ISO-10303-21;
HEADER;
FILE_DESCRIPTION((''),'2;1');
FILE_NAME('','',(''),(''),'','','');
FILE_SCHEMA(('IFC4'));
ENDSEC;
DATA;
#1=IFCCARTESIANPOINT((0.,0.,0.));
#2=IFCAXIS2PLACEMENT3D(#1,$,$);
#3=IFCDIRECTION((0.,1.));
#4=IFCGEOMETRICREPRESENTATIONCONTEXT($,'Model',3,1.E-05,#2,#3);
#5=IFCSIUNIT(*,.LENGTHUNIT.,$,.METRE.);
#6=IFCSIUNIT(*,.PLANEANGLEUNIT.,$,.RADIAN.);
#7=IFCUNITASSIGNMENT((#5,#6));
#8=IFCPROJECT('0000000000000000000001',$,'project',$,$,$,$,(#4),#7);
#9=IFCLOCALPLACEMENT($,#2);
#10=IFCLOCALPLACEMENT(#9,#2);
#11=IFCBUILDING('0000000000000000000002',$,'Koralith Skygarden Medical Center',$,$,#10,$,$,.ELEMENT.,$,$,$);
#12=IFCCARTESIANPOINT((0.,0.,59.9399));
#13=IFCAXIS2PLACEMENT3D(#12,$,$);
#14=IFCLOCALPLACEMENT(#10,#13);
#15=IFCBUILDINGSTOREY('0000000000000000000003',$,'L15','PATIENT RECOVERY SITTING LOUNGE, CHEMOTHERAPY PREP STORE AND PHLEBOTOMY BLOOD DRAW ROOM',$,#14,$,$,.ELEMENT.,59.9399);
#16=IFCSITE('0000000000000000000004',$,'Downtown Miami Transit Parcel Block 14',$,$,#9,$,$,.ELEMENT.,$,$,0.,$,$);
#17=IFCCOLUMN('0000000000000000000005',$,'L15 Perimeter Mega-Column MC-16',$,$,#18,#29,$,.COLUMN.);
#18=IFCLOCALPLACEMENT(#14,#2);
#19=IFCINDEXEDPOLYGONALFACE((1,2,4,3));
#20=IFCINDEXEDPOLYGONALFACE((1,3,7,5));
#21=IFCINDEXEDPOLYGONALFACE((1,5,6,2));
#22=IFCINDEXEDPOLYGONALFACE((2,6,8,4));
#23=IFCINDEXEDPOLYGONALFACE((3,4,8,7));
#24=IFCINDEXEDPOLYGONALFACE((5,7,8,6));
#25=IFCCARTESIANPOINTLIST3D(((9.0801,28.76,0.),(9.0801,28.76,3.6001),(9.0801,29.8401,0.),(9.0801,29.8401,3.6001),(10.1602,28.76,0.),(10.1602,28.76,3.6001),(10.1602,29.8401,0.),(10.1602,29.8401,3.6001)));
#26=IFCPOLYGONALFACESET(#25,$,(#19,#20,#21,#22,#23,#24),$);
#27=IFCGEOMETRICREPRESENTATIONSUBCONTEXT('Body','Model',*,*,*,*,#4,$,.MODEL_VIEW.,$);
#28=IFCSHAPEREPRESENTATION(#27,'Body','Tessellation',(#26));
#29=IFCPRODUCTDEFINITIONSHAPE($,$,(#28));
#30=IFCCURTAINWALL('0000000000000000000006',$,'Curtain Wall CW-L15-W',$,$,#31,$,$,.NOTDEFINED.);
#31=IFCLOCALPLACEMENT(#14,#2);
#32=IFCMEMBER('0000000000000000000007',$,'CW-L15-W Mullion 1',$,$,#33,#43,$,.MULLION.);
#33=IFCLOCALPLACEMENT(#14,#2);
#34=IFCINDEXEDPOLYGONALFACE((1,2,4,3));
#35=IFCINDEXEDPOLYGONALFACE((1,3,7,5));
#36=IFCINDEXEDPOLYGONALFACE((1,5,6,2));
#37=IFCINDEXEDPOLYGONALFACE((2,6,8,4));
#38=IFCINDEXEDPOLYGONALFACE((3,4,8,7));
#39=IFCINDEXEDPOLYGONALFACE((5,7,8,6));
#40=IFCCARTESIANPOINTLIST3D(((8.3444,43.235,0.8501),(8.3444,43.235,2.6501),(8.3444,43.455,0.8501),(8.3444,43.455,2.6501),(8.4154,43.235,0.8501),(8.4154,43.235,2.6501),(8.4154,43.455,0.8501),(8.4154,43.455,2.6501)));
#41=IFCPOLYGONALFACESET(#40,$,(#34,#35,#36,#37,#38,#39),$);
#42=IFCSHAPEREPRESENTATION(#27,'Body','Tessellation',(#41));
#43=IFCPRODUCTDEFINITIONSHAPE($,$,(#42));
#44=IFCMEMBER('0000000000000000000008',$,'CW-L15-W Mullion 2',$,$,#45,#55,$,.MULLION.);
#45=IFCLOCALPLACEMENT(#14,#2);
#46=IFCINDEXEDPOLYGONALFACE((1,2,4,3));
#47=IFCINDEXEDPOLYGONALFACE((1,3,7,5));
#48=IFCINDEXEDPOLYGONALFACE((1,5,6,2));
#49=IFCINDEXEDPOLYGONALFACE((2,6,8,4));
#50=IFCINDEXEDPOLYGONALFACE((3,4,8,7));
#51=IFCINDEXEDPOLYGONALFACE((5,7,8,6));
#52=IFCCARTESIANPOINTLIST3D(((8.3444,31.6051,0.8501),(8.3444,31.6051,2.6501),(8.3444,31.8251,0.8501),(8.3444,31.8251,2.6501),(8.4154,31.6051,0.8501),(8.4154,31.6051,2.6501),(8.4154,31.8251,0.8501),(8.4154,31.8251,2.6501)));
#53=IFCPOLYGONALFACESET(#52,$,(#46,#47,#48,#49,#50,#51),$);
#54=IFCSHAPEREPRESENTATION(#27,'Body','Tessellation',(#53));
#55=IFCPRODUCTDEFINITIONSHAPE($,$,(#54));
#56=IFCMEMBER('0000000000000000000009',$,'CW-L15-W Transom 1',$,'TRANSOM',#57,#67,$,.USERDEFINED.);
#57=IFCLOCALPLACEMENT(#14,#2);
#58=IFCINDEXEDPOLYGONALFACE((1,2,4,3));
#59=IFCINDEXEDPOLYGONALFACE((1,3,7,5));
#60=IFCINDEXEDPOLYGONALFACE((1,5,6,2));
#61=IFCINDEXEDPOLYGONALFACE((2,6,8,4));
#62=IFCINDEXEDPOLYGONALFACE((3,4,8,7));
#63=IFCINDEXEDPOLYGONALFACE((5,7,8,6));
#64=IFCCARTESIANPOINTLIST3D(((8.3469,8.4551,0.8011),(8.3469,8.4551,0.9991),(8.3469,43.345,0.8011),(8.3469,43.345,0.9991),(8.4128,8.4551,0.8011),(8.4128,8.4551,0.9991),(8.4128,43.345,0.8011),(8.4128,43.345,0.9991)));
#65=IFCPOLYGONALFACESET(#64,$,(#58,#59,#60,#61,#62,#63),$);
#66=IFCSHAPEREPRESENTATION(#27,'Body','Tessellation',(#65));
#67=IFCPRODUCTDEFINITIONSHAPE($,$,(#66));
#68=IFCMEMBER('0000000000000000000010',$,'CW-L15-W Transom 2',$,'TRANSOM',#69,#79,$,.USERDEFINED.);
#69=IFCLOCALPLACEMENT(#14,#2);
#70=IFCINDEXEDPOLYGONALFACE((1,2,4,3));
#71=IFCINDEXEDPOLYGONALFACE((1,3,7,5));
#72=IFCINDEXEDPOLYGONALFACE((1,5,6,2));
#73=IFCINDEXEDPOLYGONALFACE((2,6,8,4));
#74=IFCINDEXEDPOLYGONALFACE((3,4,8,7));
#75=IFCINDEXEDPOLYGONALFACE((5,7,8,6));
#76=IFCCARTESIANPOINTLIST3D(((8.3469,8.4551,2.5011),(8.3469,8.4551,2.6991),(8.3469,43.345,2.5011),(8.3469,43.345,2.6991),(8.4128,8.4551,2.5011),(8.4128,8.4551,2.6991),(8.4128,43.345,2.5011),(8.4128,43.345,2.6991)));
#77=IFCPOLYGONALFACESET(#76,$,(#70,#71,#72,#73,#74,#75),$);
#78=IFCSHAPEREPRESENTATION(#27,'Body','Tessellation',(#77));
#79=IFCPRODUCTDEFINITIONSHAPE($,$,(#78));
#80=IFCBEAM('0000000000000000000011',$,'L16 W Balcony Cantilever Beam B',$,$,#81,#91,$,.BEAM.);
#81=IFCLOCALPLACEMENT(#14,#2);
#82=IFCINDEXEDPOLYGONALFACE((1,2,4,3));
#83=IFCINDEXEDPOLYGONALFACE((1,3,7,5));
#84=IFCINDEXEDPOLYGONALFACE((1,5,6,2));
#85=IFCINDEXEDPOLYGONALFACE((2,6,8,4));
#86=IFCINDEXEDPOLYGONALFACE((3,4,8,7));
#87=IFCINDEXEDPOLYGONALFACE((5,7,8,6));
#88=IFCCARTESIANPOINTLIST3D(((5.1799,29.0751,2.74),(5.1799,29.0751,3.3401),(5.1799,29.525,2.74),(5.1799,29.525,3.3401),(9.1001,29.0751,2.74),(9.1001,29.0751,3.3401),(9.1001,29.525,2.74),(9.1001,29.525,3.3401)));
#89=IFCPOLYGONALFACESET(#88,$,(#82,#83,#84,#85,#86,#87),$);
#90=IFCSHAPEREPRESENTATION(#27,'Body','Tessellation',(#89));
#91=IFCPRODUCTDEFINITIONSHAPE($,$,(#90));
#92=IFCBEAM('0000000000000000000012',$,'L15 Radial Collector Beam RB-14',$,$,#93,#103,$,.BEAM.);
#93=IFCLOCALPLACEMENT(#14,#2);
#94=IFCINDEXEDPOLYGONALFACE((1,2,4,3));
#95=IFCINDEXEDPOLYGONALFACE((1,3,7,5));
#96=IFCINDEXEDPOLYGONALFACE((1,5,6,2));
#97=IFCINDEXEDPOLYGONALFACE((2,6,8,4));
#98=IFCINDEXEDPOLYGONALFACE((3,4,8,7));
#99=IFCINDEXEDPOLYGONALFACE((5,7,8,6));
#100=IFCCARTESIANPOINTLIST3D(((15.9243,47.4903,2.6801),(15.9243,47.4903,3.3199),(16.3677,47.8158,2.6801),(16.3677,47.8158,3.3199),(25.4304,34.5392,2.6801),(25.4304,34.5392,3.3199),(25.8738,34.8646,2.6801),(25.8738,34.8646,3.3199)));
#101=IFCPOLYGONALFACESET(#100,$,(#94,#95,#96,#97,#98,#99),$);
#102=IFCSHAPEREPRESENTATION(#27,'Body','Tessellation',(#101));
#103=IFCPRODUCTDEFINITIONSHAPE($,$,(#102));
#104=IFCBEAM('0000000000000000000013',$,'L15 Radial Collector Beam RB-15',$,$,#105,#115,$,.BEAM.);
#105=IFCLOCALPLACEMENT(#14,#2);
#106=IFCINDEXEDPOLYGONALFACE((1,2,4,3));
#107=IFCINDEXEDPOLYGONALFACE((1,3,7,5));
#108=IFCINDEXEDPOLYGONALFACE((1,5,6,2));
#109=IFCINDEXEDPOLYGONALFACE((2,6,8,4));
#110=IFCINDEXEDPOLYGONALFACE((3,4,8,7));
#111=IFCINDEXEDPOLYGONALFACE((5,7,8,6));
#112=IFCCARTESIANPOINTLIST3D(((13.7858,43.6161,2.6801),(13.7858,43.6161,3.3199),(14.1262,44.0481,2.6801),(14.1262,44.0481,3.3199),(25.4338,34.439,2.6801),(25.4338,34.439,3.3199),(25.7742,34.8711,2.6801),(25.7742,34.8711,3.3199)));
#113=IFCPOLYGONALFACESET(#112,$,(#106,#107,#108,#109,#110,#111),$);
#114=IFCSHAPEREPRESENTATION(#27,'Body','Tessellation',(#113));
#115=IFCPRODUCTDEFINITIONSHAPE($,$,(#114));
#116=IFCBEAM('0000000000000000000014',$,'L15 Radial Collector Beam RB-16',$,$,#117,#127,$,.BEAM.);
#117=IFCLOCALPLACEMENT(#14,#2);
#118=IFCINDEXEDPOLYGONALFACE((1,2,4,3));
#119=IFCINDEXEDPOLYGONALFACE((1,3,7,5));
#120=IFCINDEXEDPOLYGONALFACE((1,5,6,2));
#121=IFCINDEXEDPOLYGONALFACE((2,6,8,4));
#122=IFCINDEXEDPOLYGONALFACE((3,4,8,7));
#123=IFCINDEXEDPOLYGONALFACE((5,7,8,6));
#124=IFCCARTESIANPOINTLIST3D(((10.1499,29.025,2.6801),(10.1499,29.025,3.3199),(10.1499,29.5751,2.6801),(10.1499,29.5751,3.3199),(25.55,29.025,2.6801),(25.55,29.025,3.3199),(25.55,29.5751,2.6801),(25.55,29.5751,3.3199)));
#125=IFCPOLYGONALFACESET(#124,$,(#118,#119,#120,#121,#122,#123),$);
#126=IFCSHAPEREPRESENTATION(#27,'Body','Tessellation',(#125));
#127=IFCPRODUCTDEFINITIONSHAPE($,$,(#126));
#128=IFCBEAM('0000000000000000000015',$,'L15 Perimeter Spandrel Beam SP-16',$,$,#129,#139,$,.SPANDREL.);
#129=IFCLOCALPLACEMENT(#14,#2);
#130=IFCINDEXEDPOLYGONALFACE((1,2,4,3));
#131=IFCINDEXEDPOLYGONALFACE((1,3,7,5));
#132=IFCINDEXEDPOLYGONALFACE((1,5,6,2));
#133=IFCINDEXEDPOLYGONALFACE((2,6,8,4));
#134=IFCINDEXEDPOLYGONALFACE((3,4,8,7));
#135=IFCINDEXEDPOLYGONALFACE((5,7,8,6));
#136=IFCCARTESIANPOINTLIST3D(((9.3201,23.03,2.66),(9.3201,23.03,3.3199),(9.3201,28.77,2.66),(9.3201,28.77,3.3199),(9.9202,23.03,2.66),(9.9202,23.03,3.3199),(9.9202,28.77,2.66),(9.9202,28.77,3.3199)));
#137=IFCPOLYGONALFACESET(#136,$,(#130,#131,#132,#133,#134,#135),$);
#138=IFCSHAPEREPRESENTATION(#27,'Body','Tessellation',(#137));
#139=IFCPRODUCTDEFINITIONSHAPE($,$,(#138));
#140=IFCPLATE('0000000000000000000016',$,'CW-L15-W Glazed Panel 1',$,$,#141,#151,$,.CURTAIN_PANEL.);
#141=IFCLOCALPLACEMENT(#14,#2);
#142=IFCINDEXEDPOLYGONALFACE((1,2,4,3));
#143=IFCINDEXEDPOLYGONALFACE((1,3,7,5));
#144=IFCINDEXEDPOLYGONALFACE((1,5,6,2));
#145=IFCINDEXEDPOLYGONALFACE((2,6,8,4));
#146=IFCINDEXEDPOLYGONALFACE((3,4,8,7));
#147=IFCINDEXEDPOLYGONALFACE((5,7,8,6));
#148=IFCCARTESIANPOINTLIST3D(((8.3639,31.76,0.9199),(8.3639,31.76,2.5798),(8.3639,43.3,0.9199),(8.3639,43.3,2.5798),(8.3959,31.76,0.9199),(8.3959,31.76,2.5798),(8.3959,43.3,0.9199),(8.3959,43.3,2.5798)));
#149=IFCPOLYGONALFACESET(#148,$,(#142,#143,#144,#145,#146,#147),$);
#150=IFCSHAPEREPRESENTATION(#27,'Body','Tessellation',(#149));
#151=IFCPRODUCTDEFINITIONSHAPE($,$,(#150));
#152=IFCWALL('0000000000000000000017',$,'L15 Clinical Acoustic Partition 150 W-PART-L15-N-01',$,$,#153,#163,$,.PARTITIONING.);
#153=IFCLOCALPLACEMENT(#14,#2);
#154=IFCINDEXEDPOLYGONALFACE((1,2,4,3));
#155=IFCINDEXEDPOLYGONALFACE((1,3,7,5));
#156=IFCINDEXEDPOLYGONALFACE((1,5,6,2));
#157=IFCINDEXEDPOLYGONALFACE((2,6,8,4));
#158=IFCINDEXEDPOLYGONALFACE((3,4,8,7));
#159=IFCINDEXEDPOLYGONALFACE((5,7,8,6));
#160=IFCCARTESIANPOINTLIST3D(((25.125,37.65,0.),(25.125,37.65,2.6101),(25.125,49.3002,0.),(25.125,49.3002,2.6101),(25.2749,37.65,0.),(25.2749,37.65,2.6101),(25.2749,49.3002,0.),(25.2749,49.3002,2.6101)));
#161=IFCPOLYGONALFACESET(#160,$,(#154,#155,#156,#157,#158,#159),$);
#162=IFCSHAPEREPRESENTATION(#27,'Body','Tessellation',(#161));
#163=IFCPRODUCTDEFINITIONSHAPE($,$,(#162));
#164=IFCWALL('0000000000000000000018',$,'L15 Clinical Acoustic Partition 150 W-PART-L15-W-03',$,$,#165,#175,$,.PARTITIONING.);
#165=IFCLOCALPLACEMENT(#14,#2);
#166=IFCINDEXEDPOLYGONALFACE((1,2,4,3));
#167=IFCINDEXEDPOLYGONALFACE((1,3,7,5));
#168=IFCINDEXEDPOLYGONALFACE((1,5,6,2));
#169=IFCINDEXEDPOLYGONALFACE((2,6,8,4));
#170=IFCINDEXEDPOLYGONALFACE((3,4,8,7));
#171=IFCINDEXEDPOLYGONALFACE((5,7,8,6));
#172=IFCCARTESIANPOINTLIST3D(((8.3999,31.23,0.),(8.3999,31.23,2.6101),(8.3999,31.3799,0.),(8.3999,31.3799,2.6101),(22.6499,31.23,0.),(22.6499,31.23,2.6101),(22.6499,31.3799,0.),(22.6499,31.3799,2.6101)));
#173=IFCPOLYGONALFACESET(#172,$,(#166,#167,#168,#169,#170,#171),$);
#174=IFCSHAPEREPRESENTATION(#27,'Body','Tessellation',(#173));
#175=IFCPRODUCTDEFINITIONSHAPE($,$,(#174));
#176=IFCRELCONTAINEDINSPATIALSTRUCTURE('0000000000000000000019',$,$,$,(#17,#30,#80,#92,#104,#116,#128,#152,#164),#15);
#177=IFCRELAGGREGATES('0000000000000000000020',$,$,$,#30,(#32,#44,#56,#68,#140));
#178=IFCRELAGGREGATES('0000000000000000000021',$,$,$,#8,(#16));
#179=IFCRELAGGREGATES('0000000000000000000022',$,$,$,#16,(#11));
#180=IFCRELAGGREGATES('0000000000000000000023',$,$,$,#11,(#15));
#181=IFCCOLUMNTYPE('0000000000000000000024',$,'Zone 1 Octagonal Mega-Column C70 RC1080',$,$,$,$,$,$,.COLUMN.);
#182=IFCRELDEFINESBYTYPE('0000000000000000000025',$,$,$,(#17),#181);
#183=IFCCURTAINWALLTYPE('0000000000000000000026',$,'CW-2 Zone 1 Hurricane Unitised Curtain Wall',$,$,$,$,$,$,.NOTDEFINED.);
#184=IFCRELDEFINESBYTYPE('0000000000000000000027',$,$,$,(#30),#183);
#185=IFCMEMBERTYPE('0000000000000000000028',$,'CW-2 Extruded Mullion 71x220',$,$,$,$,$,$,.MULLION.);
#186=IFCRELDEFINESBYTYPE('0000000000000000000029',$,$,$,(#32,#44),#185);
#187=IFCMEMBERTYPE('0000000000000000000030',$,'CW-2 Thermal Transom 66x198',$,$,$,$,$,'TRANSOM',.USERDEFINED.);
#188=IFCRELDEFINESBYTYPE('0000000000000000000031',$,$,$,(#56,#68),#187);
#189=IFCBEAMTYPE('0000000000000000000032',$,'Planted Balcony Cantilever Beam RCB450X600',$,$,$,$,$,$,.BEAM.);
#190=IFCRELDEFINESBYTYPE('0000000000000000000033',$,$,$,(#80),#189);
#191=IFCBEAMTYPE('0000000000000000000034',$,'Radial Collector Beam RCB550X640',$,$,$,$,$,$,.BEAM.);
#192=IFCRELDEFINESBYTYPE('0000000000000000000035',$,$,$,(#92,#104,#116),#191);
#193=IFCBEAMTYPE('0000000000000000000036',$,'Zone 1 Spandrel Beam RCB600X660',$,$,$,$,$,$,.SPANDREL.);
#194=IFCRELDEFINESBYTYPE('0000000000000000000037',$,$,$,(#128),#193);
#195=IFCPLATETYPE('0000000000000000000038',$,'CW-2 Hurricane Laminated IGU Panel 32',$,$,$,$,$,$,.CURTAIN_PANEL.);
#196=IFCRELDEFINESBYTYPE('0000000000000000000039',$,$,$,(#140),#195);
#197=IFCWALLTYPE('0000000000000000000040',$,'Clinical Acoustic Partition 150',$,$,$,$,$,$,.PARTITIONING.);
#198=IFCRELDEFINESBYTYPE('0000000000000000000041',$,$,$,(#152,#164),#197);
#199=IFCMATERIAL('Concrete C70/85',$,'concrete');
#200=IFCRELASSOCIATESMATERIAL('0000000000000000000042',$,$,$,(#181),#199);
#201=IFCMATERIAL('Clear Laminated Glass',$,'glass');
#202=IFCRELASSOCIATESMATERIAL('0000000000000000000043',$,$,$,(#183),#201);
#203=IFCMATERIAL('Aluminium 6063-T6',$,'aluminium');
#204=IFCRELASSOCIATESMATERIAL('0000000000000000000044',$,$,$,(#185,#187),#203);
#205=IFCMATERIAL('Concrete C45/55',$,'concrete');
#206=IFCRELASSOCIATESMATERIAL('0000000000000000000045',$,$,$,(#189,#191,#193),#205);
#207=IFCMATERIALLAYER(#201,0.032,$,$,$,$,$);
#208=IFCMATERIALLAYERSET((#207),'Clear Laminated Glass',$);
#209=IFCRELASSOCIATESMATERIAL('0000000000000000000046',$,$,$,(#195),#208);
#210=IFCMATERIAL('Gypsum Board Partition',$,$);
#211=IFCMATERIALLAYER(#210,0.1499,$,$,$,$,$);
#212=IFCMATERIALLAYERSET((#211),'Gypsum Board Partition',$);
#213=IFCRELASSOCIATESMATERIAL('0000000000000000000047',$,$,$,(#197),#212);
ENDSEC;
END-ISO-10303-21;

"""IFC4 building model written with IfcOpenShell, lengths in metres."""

from ifc_helpers import new_model, si_unit, direction, frame, frame_2d, origin, origin_2d, place, context, subcontext, project, spatial, rectangle, extrude, material, layer, layer_set, material_profile, profile_set, type_object, element, aggregate, save


model = new_model("IFC4")

# Units and contexts
model_context = context("Model", 3, precision=1e-05, world=origin(), true_north=direction((0.0, 1.0)))
body_context = subcontext(model_context, "Body", "Model", "MODEL_VIEW")
ifc_project = project(units=[si_unit("LENGTHUNIT", "METRE"), si_unit("PLANEANGLEUNIT", "RADIAN")], contexts=[model_context])

# Site, building, storey
site_placement = place(None, origin())
site = spatial("IfcSite", under=ifc_project, at=site_placement, Name="Downtown Miami Transit Parcel Block 14", CompositionType="ELEMENT", RefElevation=0.0)
building_placement = place(site_placement, origin())
building = spatial("IfcBuilding", under=site, at=building_placement, Name="Koralith Skygarden Medical Center", CompositionType="ELEMENT")
storey_placement = place(building_placement, frame((0.0, 0.0, 59.9399)))
storey = spatial("IfcBuildingStorey", under=building, at=storey_placement, Name="L15", Description="PATIENT RECOVERY SITTING LOUNGE, CHEMOTHERAPY PREP STORE AND PHLEBOTOMY BLOOD DRAW ROOM", CompositionType="ELEMENT", Elevation=59.9399)

# Column
ifc_material_1 = material(Name="Concrete C70/85", Category="concrete")
ifc_material_profile_1 = material_profile(ifc_material_1, rectangle(XDim=1.0801, YDim=1.0801, at=origin_2d()), Name="RC1080X1080")
ifc_profile_set_1 = profile_set([ifc_material_profile_1], Name="Concrete C70/85")
column_type = type_object("IfcColumnType", Name="Zone 1 Octagonal Mega-Column C70 RC1080", PredefinedType="COLUMN", material=ifc_profile_set_1)
column_placement = place(storey_placement, frame((9.6201, 29.3, 0.0), z_axis=(0.0, 0.0, 1.0), x_axis=(1.0, 0.0, 0.0)))
element("IfcColumn", 1, at=column_placement, inside=storey, type_object=column_type, Name="L15 Perimeter Mega-Column MC-16", PredefinedType="COLUMN", context=body_context, shape_type="SweptSolid", body=[
    extrude(rectangle(XDim=1.0801, YDim=1.0801, at=origin_2d()), origin(), (0.0, 0.0, 1.0), 3.6001),
])

# Curtain wall, members
ifc_material_2 = material(Name="Clear Laminated Glass", Category="glass")
curtain_wall_type = type_object("IfcCurtainWallType", Name="CW-2 Zone 1 Hurricane Unitised Curtain Wall", PredefinedType="NOTDEFINED", material=ifc_material_2)
curtain_wall_placement = place(storey_placement, origin())
curtain_wall = element("IfcCurtainWall", 2, at=curtain_wall_placement, inside=storey, type_object=curtain_wall_type, Name="Curtain Wall CW-L15-W", PredefinedType="NOTDEFINED")
ifc_material_3 = material(Name="Aluminium 6063-T6", Category="aluminium")
ifc_material_profile_2 = material_profile(ifc_material_3, rectangle(XDim=0.071, YDim=0.22, at=origin_2d()), Name="MUL71X220")
ifc_profile_set_2 = profile_set([ifc_material_profile_2], Name="Aluminium 6063-T6")
member_type_1 = type_object("IfcMemberType", Name="CW-2 Extruded Mullion 71x220", PredefinedType="MULLION", material=ifc_profile_set_2)
member_1_placement = place(storey_placement, frame((8.3799, 43.345, 0.8501), z_axis=(0.0, 0.0, 1.0), x_axis=(1.0, 0.0, 0.0)))
member_1 = element("IfcMember", 3, at=member_1_placement, type_object=member_type_1, Name="CW-L15-W Mullion 1", PredefinedType="MULLION", context=body_context, shape_type="SweptSolid", body=[
    extrude(rectangle(XDim=0.071, YDim=0.22, at=origin_2d()), origin(), (0.0, 0.0, 1.0), 1.8),
])
member_2_placement = place(storey_placement, frame((8.3799, 31.7151, 0.8501), z_axis=(0.0, 0.0, 1.0), x_axis=(1.0, 0.0, 0.0)))
member_2 = element("IfcMember", 4, at=member_2_placement, type_object=member_type_1, Name="CW-L15-W Mullion 2", PredefinedType="MULLION", context=body_context, shape_type="SweptSolid", body=[
    extrude(rectangle(XDim=0.071, YDim=0.22, at=origin_2d()), origin(), (0.0, 0.0, 1.0), 1.8),
])
ifc_material_profile_3 = material_profile(ifc_material_3, rectangle(XDim=0.0659, YDim=0.198, at=origin_2d()), Name="TRN66X198")
ifc_profile_set_3 = profile_set([ifc_material_profile_3], Name="Aluminium 6063-T6")
member_type_2 = type_object("IfcMemberType", Name="CW-2 Thermal Transom 66x198", ElementType="TRANSOM", PredefinedType="USERDEFINED", material=ifc_profile_set_3)
member_3_placement = place(storey_placement, frame((8.3799, 43.345, 0.9001), z_axis=(0.0, -1.0, 0.0), x_axis=(1.0, 0.0, 0.0)))
member_3 = element("IfcMember", 5, at=member_3_placement, type_object=member_type_2, Name="CW-L15-W Transom 1", ObjectType="TRANSOM", PredefinedType="USERDEFINED", context=body_context, shape_type="SweptSolid", body=[
    extrude(rectangle(XDim=0.0659, YDim=0.198, at=origin_2d()), origin(), (0.0, 0.0, 1.0), 34.8899),
])
member_4_placement = place(storey_placement, frame((8.3799, 43.345, 2.6001), z_axis=(0.0, -1.0, 0.0), x_axis=(1.0, 0.0, 0.0)))
member_4 = element("IfcMember", 6, at=member_4_placement, type_object=member_type_2, Name="CW-L15-W Transom 2", ObjectType="TRANSOM", PredefinedType="USERDEFINED", context=body_context, shape_type="SweptSolid", body=[
    extrude(rectangle(XDim=0.0659, YDim=0.198, at=origin_2d()), origin(), (0.0, 0.0, 1.0), 34.8899),
])

# Beams
ifc_material_4 = material(Name="Concrete C45/55", Category="concrete")
ifc_material_profile_4 = material_profile(ifc_material_4, rectangle(XDim=0.45, YDim=0.6001, at=origin_2d()), Name="RCB450X600")
ifc_profile_set_4 = profile_set([ifc_material_profile_4], Name="Concrete C45/55")
beam_type_1 = type_object("IfcBeamType", Name="Planted Balcony Cantilever Beam RCB450X600", PredefinedType="BEAM", material=ifc_profile_set_4)
beam_1_placement = place(storey_placement, frame((9.1001, 29.3, 3.04), z_axis=(-1.0, 0.0, 0.0), x_axis=(0.0, -1.0, 0.0)))
element("IfcBeam", 7, at=beam_1_placement, inside=storey, type_object=beam_type_1, Name="L16 W Balcony Cantilever Beam B", PredefinedType="BEAM", context=body_context, shape_type="SweptSolid", body=[
    extrude(rectangle(XDim=0.45, YDim=0.6001, at=origin_2d()), origin(), (0.0, 0.0, 1.0), 3.9202),
])
ifc_material_profile_5 = material_profile(ifc_material_4, rectangle(XDim=0.55, YDim=0.6399, at=origin_2d()), Name="RCB550X640")
ifc_profile_set_5 = profile_set([ifc_material_profile_5], Name="Concrete C45/55")
beam_type_2 = type_object("IfcBeamType", Name="Radial Collector Beam RCB550X640", PredefinedType="BEAM", material=ifc_profile_set_5)
beam_2_placement = place(storey_placement, frame((25.6521, 34.7019, 3.0), z_axis=(-0.591711, 0.80615, 0.0), x_axis=(-0.80615, -0.591711, 0.0)))
element("IfcBeam", 8, at=beam_2_placement, inside=storey, type_object=beam_type_2, Name="L15 Radial Collector Beam RB-14", PredefinedType="BEAM", context=body_context, shape_type="SweptSolid", body=[
    extrude(rectangle(XDim=0.55, YDim=0.6399, at=origin_2d()), origin(), (0.0, 0.0, 1.0), 16.0654),
])
beam_3_placement = place(storey_placement, frame((25.604, 34.655, 3.0), z_axis=(-0.785497, 0.618865, 0.0), x_axis=(-0.618865, -0.785497, 0.0)))
element("IfcBeam", 9, at=beam_3_placement, inside=storey, type_object=beam_type_2, Name="L15 Radial Collector Beam RB-15", PredefinedType="BEAM", context=body_context, shape_type="SweptSolid", body=[
    extrude(rectangle(XDim=0.55, YDim=0.6399, at=origin_2d()), origin(), (0.0, 0.0, 1.0), 14.8289),
])
beam_4_placement = place(storey_placement, frame((25.55, 29.3, 3.0), z_axis=(-1.0, 0.0, 0.0), x_axis=(0.0, -1.0, 0.0)))
element("IfcBeam", 10, at=beam_4_placement, inside=storey, type_object=beam_type_2, Name="L15 Radial Collector Beam RB-16", PredefinedType="BEAM", context=body_context, shape_type="SweptSolid", body=[
    extrude(rectangle(XDim=0.55, YDim=0.6399, at=origin_2d()), origin(), (0.0, 0.0, 1.0), 15.4001),
])
ifc_material_profile_6 = material_profile(ifc_material_4, rectangle(XDim=0.6001, YDim=0.6599, at=origin_2d()), Name="RCB600X660")
ifc_profile_set_6 = profile_set([ifc_material_profile_6], Name="Concrete C45/55")
beam_type_3 = type_object("IfcBeamType", Name="Zone 1 Spandrel Beam RCB600X660", PredefinedType="SPANDREL", material=ifc_profile_set_6)
beam_5_placement = place(storey_placement, frame((9.6201, 28.77, 2.99), z_axis=(0.0, -1.0, 0.0), x_axis=(1.0, 0.0, 0.0)))
element("IfcBeam", 11, at=beam_5_placement, inside=storey, type_object=beam_type_3, Name="L15 Perimeter Spandrel Beam SP-16", PredefinedType="SPANDREL", context=body_context, shape_type="SweptSolid", body=[
    extrude(rectangle(XDim=0.6001, YDim=0.6599, at=origin_2d()), origin(), (0.0, 0.0, 1.0), 5.74),
])

# Plate
ifc_layer_1 = layer(ifc_material_2, 0.032)
ifc_layer_set_1 = layer_set([ifc_layer_1], Name="Clear Laminated Glass")
plate_type = type_object("IfcPlateType", Name="CW-2 Hurricane Laminated IGU Panel 32", PredefinedType="CURTAIN_PANEL", material=ifc_layer_set_1)
plate_placement = place(storey_placement, frame((8.3799, 37.53, 0.9199), z_axis=(0.0, 0.0, 1.0), x_axis=(0.0, -1.0, 0.0)))
plate = element("IfcPlate", 12, at=plate_placement, type_object=plate_type, Name="CW-L15-W Glazed Panel 1", PredefinedType="CURTAIN_PANEL", context=body_context, shape_type="SweptSolid", body=[
    extrude(rectangle(XDim=11.54, YDim=0.032, at=origin_2d()), origin(), (0.0, 0.0, 1.0), 1.6599),
])
aggregate(curtain_wall, [member_1, member_2, member_3, member_4, plate])

# Walls
ifc_material_5 = material(Name="Gypsum Board Partition")
ifc_layer_2 = layer(ifc_material_5, 0.1499)
ifc_layer_set_2 = layer_set([ifc_layer_2], Name="Gypsum Board Partition")
wall_type_1 = type_object("IfcWallType", Name="Clinical Acoustic Partition 150", PredefinedType="PARTITIONING", material=ifc_layer_set_2)
wall_1_placement = place(storey_placement, frame((25.2, 37.6499, 0.0), z_axis=(0.0, 0.0, 1.0), x_axis=(0.0, 1.0, 0.0)))
element("IfcWall", 13, at=wall_1_placement, inside=storey, type_object=wall_type_1, Name="L15 Clinical Acoustic Partition 150 W-PART-L15-N-01", PredefinedType="PARTITIONING", context=body_context, shape_type="SweptSolid", body=[
    extrude(rectangle(XDim=11.6501, YDim=0.1499, at=frame_2d((5.8252, 0.0))), origin(), (0.0, 0.0, 1.0), 2.6101),
])
wall_2_placement = place(storey_placement, frame((22.6499, 31.3049, 0.0), z_axis=(0.0, 0.0, 1.0), x_axis=(-1.0, 0.0, 0.0)))
element("IfcWall", 14, at=wall_2_placement, inside=storey, type_object=wall_type_1, Name="L15 Clinical Acoustic Partition 150 W-PART-L15-W-03", PredefinedType="PARTITIONING", context=body_context, shape_type="SweptSolid", body=[
    extrude(rectangle(XDim=14.25, YDim=0.1499, at=frame_2d((7.125, 0.0))), origin(), (0.0, 0.0, 1.0), 2.6101),
])

save(model, "model.ifc")
